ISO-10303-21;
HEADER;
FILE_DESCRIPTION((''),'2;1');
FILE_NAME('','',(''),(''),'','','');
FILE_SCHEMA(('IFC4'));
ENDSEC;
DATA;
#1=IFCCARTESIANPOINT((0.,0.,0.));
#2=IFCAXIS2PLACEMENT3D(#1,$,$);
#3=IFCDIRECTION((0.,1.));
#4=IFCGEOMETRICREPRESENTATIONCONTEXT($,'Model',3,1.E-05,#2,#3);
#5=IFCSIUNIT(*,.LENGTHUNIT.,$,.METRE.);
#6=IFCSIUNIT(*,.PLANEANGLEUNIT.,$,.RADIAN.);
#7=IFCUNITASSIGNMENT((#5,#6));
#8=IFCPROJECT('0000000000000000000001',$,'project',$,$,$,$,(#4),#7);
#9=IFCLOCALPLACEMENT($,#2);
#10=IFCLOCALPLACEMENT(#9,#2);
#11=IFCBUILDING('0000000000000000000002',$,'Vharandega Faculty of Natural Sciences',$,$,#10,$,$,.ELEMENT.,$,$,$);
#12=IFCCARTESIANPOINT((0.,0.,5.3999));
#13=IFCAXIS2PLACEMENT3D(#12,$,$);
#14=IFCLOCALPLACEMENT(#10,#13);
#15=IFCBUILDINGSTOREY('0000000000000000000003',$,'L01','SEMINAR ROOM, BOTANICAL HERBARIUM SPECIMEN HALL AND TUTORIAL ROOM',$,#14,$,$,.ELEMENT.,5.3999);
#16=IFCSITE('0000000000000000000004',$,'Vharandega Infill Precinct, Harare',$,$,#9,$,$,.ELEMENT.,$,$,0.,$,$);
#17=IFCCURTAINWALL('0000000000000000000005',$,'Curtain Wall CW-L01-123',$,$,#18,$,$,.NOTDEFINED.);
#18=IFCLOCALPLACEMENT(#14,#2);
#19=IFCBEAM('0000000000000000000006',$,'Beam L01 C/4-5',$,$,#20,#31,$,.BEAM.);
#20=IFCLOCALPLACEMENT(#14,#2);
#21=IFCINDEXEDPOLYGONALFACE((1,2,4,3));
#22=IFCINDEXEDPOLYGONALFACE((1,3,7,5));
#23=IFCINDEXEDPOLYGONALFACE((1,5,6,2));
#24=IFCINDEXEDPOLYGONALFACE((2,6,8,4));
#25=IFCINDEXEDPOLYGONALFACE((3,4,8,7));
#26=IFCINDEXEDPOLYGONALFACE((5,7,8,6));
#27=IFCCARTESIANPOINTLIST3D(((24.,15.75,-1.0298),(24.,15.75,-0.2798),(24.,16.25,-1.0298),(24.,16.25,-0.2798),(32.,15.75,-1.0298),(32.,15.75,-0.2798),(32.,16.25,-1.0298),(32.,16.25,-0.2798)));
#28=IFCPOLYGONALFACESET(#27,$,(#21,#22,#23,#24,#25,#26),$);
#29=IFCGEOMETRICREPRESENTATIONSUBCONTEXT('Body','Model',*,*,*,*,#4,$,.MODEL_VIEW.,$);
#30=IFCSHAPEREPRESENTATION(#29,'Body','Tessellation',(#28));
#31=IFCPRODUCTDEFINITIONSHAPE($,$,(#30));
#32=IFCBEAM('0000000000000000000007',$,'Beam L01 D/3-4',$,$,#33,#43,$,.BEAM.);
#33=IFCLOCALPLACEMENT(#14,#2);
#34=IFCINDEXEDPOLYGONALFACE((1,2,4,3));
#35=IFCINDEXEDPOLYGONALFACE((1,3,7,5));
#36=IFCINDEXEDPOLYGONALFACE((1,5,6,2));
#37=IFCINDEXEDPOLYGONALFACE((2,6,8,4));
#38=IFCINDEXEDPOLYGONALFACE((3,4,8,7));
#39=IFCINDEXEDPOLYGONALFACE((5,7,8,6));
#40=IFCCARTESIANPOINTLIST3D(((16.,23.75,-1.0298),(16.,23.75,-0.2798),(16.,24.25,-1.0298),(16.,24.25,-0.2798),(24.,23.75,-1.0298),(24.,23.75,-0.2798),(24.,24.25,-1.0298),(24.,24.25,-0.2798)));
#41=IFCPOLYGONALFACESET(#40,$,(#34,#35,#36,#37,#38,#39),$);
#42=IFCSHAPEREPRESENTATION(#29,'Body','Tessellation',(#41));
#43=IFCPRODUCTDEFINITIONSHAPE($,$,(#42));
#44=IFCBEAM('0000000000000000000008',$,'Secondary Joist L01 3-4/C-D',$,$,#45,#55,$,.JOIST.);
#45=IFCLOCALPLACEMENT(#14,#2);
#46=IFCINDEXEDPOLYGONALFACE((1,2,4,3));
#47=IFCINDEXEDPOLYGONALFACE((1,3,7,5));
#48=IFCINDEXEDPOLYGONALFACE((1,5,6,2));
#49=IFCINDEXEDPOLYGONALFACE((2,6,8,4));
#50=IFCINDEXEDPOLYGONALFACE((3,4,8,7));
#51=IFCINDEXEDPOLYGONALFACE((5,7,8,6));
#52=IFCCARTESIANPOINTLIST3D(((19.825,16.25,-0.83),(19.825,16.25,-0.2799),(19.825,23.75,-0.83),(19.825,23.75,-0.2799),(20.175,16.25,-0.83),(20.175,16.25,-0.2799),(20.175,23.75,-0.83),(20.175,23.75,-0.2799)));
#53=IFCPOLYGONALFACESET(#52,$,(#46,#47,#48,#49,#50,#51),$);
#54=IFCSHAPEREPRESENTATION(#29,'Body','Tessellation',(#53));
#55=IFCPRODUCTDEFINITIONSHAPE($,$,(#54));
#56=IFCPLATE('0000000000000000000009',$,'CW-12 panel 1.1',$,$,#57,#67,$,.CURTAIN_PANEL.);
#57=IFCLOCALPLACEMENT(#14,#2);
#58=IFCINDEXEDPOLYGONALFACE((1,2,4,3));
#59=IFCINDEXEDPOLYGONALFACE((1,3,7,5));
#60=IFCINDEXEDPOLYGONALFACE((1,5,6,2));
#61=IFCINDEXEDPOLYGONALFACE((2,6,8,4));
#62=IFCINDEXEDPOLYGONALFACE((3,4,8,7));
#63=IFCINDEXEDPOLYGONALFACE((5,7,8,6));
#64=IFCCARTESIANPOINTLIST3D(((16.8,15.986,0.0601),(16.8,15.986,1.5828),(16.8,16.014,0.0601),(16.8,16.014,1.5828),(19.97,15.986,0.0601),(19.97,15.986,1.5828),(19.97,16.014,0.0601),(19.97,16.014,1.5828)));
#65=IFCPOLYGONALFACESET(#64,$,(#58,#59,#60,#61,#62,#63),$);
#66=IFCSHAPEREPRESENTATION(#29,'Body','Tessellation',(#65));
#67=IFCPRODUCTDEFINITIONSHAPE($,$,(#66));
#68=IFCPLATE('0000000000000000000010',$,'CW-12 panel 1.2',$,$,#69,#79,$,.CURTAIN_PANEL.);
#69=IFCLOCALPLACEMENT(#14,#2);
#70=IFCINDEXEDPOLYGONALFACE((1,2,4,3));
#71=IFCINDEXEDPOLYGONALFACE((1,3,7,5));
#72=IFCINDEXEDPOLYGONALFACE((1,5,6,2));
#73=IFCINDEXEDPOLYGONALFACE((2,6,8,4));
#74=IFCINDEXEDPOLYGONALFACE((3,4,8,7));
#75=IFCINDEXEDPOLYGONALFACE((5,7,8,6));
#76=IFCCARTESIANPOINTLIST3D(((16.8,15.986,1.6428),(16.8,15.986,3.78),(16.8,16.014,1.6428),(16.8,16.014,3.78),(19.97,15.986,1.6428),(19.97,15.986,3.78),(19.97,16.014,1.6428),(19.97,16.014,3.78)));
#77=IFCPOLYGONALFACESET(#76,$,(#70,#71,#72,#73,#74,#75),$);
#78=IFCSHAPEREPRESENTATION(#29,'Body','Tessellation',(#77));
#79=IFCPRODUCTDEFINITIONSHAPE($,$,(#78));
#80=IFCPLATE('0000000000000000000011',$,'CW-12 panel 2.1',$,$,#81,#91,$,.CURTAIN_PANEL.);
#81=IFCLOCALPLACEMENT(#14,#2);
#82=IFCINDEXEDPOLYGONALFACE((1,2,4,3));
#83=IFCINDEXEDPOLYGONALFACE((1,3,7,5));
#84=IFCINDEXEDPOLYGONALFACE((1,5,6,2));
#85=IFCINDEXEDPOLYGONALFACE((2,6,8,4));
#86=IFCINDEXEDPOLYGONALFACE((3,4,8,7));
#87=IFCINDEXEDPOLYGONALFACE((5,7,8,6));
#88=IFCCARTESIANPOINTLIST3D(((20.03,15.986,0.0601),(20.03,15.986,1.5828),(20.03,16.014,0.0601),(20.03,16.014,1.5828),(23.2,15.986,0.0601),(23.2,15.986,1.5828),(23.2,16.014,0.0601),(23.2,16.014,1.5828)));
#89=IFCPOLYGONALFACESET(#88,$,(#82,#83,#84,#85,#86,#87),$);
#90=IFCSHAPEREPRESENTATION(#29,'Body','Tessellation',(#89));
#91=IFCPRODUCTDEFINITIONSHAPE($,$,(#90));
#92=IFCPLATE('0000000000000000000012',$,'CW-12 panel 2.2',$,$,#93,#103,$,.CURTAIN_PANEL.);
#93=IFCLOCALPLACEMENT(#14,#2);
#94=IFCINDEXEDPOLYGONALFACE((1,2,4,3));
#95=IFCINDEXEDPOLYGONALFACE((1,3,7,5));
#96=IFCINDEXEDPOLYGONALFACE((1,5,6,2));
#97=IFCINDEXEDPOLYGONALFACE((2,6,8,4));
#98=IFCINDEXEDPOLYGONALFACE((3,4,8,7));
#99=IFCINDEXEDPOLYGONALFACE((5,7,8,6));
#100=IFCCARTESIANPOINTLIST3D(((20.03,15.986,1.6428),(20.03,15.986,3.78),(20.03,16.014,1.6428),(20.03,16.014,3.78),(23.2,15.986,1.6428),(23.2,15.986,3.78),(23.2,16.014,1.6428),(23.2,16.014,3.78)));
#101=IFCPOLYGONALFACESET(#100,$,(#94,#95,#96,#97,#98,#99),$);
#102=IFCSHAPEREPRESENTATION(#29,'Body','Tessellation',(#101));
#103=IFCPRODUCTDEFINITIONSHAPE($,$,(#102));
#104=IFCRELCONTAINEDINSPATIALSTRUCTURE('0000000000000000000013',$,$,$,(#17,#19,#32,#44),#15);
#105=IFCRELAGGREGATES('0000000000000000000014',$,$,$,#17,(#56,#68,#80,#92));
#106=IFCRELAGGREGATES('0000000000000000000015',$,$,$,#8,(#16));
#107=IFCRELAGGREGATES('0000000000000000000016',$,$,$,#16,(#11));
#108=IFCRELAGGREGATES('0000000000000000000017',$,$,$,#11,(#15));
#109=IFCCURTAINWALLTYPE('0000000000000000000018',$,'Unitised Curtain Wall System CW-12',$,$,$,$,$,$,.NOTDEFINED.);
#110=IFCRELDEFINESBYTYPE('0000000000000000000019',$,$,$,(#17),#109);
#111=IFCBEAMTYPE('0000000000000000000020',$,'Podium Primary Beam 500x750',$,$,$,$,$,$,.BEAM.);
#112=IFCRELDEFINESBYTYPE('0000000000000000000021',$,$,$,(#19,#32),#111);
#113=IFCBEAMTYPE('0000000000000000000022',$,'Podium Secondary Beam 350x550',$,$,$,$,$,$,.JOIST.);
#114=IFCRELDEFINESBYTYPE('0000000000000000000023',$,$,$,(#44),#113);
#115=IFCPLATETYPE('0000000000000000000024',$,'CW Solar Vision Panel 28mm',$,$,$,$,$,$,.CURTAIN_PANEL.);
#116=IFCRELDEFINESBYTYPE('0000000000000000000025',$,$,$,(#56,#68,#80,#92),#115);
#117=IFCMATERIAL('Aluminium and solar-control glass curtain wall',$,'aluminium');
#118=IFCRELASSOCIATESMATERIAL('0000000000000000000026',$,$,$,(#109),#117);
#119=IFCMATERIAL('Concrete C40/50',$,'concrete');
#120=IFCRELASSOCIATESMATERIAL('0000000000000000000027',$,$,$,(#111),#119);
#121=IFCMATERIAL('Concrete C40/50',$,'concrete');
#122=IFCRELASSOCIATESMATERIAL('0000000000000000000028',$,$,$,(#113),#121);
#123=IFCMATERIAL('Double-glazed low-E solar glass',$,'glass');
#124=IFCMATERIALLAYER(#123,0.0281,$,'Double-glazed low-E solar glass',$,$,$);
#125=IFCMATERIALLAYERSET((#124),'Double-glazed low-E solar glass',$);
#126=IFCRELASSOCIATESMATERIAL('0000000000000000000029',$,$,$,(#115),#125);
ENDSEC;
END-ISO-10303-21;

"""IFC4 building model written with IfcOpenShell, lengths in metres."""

from ifc_helpers import new_model, si_unit, direction, frame, origin, origin_2d, place, context, subcontext, project, spatial, rectangle, extrude, material, layer, layer_set, material_profile, profile_set, type_object, element, aggregate, save


model = new_model("IFC4")

# Units and contexts
model_context = context("Model", 3, precision=1e-05, world=origin(), true_north=direction((0.0, 1.0)))
body_context = subcontext(model_context, "Body", "Model", "MODEL_VIEW")
ifc_project = project(units=[si_unit("LENGTHUNIT", "METRE"), si_unit("PLANEANGLEUNIT", "RADIAN")], contexts=[model_context])

# Site, building, storey
site_placement = place(None, origin())
site = spatial("IfcSite", under=ifc_project, at=site_placement, Name="Vharandega Infill Precinct, Harare", CompositionType="ELEMENT", RefElevation=0.0)
building_placement = place(site_placement, origin())
building = spatial("IfcBuilding", under=site, at=building_placement, Name="Vharandega Faculty of Natural Sciences", CompositionType="ELEMENT")
storey_placement = place(building_placement, frame((0.0, 0.0, 5.3999)))
storey = spatial("IfcBuildingStorey", under=building, at=storey_placement, Name="L01", Description="SEMINAR ROOM, BOTANICAL HERBARIUM SPECIMEN HALL AND TUTORIAL ROOM", CompositionType="ELEMENT", Elevation=5.3999)

# Curtain wall
ifc_material_1 = material(Name="Aluminium and solar-control glass curtain wall", Category="aluminium")
curtain_wall_type_1 = type_object("IfcCurtainWallType", Name="Unitised Curtain Wall System CW-12", PredefinedType="NOTDEFINED", material=ifc_material_1)
curtain_wall_1_placement = place(storey_placement, origin())
curtain_wall_1 = element("IfcCurtainWall", 1, at=curtain_wall_1_placement, inside=storey, type_object=curtain_wall_type_1, Name="Curtain Wall CW-L01-123", PredefinedType="NOTDEFINED")

# Beams
ifc_material_2 = material(Name="Concrete C40/50", Category="concrete")
ifc_material_profile_1 = material_profile(ifc_material_2, rectangle(XDim=0.5, YDim=0.75, at=origin_2d()), Name="RC 500x750")
ifc_profile_set_1 = profile_set([ifc_material_profile_1], Name="Concrete C40/50")
beam_type_1 = type_object("IfcBeamType", Name="Podium Primary Beam 500x750", PredefinedType="BEAM", material=ifc_profile_set_1)
for number, where, z_axis, x_axis, name in (
    (2, (24.0, 16.0, -0.6548), (1.0, 0.0, 0.0), (0.0, 1.0, 0.0), "Beam L01 C/4-5"),
    (3, (16.0, 24.0, -0.6548), (1.0, 0.0, 0.0), (0.0, 1.0, 0.0), "Beam L01 D/3-4"),
):
    element("IfcBeam", number, at=place(storey_placement, frame(where, z_axis=z_axis, x_axis=x_axis)), inside=storey, type_object=beam_type_1, Name=name, PredefinedType="BEAM", context=body_context, shape_type="SweptSolid", body=[
        extrude(rectangle(XDim=0.5, YDim=0.75, at=origin_2d()), origin(), (0.0, 0.0, 1.0), 8.0),
    ])
ifc_material_3 = material(Name="Concrete C40/50", Category="concrete")
ifc_material_profile_2 = material_profile(ifc_material_3, rectangle(XDim=0.3501, YDim=0.55, at=origin_2d()), Name="RC 350x550")
ifc_profile_set_2 = profile_set([ifc_material_profile_2], Name="Concrete C40/50")
beam_type_2 = type_object("IfcBeamType", Name="Podium Secondary Beam 350x550", PredefinedType="JOIST", material=ifc_profile_set_2)
beam_placement = place(storey_placement, frame((20.0, 16.25, -0.5549), z_axis=(0.0, 1.0, 0.0), x_axis=(-1.0, 0.0, 0.0)))
element("IfcBeam", 4, at=beam_placement, inside=storey, type_object=beam_type_2, Name="Secondary Joist L01 3-4/C-D", PredefinedType="JOIST", context=body_context, shape_type="SweptSolid", body=[
    extrude(rectangle(XDim=0.3501, YDim=0.55, at=origin_2d()), origin(), (0.0, 0.0, 1.0), 7.5),
])

# Plates
ifc_material_4 = material(Name="Double-glazed low-E solar glass", Category="glass")
ifc_layer = layer(ifc_material_4, 0.0281, Name="Double-glazed low-E solar glass")
ifc_layer_set = layer_set([ifc_layer], Name="Double-glazed low-E solar glass")
plate_type = type_object("IfcPlateType", Name="CW Solar Vision Panel 28mm", PredefinedType="CURTAIN_PANEL", material=ifc_layer_set)
plate_1_placement = place(storey_placement, frame((18.385, 16.0, 0.0601), z_axis=(0.0, 0.0, 1.0), x_axis=(1.0, 0.0, 0.0)))
plate_1 = element("IfcPlate", 5, at=plate_1_placement, type_object=plate_type, Name="CW-12 panel 1.1", PredefinedType="CURTAIN_PANEL", context=body_context, shape_type="SweptSolid", body=[
    extrude(rectangle(XDim=3.1699, YDim=0.0281, at=origin_2d()), origin(), (0.0, 0.0, 1.0), 1.5227),
])
plate_2_placement = place(storey_placement, frame((18.385, 16.0, 1.6428), z_axis=(0.0, 0.0, 1.0), x_axis=(1.0, 0.0, 0.0)))
plate_2 = element("IfcPlate", 6, at=plate_2_placement, type_object=plate_type, Name="CW-12 panel 1.2", PredefinedType="CURTAIN_PANEL", context=body_context, shape_type="SweptSolid", body=[
    extrude(rectangle(XDim=3.1699, YDim=0.0281, at=origin_2d()), origin(), (0.0, 0.0, 1.0), 2.1372),
])
plate_3_placement = place(storey_placement, frame((21.615, 16.0, 0.0601), z_axis=(0.0, 0.0, 1.0), x_axis=(1.0, 0.0, 0.0)))
plate_3 = element("IfcPlate", 7, at=plate_3_placement, type_object=plate_type, Name="CW-12 panel 2.1", PredefinedType="CURTAIN_PANEL", context=body_context, shape_type="SweptSolid", body=[
    extrude(rectangle(XDim=3.1699, YDim=0.0281, at=origin_2d()), origin(), (0.0, 0.0, 1.0), 1.5227),
])
plate_4_placement = place(storey_placement, frame((21.615, 16.0, 1.6428), z_axis=(0.0, 0.0, 1.0), x_axis=(1.0, 0.0, 0.0)))
plate_4 = element("IfcPlate", 8, at=plate_4_placement, type_object=plate_type, Name="CW-12 panel 2.2", PredefinedType="CURTAIN_PANEL", context=body_context, shape_type="SweptSolid", body=[
    extrude(rectangle(XDim=3.1699, YDim=0.0281, at=origin_2d()), origin(), (0.0, 0.0, 1.0), 2.1372),
])
aggregate(curtain_wall_1, [plate_1, plate_2, plate_3, plate_4])

save(model, "model.ifc")
